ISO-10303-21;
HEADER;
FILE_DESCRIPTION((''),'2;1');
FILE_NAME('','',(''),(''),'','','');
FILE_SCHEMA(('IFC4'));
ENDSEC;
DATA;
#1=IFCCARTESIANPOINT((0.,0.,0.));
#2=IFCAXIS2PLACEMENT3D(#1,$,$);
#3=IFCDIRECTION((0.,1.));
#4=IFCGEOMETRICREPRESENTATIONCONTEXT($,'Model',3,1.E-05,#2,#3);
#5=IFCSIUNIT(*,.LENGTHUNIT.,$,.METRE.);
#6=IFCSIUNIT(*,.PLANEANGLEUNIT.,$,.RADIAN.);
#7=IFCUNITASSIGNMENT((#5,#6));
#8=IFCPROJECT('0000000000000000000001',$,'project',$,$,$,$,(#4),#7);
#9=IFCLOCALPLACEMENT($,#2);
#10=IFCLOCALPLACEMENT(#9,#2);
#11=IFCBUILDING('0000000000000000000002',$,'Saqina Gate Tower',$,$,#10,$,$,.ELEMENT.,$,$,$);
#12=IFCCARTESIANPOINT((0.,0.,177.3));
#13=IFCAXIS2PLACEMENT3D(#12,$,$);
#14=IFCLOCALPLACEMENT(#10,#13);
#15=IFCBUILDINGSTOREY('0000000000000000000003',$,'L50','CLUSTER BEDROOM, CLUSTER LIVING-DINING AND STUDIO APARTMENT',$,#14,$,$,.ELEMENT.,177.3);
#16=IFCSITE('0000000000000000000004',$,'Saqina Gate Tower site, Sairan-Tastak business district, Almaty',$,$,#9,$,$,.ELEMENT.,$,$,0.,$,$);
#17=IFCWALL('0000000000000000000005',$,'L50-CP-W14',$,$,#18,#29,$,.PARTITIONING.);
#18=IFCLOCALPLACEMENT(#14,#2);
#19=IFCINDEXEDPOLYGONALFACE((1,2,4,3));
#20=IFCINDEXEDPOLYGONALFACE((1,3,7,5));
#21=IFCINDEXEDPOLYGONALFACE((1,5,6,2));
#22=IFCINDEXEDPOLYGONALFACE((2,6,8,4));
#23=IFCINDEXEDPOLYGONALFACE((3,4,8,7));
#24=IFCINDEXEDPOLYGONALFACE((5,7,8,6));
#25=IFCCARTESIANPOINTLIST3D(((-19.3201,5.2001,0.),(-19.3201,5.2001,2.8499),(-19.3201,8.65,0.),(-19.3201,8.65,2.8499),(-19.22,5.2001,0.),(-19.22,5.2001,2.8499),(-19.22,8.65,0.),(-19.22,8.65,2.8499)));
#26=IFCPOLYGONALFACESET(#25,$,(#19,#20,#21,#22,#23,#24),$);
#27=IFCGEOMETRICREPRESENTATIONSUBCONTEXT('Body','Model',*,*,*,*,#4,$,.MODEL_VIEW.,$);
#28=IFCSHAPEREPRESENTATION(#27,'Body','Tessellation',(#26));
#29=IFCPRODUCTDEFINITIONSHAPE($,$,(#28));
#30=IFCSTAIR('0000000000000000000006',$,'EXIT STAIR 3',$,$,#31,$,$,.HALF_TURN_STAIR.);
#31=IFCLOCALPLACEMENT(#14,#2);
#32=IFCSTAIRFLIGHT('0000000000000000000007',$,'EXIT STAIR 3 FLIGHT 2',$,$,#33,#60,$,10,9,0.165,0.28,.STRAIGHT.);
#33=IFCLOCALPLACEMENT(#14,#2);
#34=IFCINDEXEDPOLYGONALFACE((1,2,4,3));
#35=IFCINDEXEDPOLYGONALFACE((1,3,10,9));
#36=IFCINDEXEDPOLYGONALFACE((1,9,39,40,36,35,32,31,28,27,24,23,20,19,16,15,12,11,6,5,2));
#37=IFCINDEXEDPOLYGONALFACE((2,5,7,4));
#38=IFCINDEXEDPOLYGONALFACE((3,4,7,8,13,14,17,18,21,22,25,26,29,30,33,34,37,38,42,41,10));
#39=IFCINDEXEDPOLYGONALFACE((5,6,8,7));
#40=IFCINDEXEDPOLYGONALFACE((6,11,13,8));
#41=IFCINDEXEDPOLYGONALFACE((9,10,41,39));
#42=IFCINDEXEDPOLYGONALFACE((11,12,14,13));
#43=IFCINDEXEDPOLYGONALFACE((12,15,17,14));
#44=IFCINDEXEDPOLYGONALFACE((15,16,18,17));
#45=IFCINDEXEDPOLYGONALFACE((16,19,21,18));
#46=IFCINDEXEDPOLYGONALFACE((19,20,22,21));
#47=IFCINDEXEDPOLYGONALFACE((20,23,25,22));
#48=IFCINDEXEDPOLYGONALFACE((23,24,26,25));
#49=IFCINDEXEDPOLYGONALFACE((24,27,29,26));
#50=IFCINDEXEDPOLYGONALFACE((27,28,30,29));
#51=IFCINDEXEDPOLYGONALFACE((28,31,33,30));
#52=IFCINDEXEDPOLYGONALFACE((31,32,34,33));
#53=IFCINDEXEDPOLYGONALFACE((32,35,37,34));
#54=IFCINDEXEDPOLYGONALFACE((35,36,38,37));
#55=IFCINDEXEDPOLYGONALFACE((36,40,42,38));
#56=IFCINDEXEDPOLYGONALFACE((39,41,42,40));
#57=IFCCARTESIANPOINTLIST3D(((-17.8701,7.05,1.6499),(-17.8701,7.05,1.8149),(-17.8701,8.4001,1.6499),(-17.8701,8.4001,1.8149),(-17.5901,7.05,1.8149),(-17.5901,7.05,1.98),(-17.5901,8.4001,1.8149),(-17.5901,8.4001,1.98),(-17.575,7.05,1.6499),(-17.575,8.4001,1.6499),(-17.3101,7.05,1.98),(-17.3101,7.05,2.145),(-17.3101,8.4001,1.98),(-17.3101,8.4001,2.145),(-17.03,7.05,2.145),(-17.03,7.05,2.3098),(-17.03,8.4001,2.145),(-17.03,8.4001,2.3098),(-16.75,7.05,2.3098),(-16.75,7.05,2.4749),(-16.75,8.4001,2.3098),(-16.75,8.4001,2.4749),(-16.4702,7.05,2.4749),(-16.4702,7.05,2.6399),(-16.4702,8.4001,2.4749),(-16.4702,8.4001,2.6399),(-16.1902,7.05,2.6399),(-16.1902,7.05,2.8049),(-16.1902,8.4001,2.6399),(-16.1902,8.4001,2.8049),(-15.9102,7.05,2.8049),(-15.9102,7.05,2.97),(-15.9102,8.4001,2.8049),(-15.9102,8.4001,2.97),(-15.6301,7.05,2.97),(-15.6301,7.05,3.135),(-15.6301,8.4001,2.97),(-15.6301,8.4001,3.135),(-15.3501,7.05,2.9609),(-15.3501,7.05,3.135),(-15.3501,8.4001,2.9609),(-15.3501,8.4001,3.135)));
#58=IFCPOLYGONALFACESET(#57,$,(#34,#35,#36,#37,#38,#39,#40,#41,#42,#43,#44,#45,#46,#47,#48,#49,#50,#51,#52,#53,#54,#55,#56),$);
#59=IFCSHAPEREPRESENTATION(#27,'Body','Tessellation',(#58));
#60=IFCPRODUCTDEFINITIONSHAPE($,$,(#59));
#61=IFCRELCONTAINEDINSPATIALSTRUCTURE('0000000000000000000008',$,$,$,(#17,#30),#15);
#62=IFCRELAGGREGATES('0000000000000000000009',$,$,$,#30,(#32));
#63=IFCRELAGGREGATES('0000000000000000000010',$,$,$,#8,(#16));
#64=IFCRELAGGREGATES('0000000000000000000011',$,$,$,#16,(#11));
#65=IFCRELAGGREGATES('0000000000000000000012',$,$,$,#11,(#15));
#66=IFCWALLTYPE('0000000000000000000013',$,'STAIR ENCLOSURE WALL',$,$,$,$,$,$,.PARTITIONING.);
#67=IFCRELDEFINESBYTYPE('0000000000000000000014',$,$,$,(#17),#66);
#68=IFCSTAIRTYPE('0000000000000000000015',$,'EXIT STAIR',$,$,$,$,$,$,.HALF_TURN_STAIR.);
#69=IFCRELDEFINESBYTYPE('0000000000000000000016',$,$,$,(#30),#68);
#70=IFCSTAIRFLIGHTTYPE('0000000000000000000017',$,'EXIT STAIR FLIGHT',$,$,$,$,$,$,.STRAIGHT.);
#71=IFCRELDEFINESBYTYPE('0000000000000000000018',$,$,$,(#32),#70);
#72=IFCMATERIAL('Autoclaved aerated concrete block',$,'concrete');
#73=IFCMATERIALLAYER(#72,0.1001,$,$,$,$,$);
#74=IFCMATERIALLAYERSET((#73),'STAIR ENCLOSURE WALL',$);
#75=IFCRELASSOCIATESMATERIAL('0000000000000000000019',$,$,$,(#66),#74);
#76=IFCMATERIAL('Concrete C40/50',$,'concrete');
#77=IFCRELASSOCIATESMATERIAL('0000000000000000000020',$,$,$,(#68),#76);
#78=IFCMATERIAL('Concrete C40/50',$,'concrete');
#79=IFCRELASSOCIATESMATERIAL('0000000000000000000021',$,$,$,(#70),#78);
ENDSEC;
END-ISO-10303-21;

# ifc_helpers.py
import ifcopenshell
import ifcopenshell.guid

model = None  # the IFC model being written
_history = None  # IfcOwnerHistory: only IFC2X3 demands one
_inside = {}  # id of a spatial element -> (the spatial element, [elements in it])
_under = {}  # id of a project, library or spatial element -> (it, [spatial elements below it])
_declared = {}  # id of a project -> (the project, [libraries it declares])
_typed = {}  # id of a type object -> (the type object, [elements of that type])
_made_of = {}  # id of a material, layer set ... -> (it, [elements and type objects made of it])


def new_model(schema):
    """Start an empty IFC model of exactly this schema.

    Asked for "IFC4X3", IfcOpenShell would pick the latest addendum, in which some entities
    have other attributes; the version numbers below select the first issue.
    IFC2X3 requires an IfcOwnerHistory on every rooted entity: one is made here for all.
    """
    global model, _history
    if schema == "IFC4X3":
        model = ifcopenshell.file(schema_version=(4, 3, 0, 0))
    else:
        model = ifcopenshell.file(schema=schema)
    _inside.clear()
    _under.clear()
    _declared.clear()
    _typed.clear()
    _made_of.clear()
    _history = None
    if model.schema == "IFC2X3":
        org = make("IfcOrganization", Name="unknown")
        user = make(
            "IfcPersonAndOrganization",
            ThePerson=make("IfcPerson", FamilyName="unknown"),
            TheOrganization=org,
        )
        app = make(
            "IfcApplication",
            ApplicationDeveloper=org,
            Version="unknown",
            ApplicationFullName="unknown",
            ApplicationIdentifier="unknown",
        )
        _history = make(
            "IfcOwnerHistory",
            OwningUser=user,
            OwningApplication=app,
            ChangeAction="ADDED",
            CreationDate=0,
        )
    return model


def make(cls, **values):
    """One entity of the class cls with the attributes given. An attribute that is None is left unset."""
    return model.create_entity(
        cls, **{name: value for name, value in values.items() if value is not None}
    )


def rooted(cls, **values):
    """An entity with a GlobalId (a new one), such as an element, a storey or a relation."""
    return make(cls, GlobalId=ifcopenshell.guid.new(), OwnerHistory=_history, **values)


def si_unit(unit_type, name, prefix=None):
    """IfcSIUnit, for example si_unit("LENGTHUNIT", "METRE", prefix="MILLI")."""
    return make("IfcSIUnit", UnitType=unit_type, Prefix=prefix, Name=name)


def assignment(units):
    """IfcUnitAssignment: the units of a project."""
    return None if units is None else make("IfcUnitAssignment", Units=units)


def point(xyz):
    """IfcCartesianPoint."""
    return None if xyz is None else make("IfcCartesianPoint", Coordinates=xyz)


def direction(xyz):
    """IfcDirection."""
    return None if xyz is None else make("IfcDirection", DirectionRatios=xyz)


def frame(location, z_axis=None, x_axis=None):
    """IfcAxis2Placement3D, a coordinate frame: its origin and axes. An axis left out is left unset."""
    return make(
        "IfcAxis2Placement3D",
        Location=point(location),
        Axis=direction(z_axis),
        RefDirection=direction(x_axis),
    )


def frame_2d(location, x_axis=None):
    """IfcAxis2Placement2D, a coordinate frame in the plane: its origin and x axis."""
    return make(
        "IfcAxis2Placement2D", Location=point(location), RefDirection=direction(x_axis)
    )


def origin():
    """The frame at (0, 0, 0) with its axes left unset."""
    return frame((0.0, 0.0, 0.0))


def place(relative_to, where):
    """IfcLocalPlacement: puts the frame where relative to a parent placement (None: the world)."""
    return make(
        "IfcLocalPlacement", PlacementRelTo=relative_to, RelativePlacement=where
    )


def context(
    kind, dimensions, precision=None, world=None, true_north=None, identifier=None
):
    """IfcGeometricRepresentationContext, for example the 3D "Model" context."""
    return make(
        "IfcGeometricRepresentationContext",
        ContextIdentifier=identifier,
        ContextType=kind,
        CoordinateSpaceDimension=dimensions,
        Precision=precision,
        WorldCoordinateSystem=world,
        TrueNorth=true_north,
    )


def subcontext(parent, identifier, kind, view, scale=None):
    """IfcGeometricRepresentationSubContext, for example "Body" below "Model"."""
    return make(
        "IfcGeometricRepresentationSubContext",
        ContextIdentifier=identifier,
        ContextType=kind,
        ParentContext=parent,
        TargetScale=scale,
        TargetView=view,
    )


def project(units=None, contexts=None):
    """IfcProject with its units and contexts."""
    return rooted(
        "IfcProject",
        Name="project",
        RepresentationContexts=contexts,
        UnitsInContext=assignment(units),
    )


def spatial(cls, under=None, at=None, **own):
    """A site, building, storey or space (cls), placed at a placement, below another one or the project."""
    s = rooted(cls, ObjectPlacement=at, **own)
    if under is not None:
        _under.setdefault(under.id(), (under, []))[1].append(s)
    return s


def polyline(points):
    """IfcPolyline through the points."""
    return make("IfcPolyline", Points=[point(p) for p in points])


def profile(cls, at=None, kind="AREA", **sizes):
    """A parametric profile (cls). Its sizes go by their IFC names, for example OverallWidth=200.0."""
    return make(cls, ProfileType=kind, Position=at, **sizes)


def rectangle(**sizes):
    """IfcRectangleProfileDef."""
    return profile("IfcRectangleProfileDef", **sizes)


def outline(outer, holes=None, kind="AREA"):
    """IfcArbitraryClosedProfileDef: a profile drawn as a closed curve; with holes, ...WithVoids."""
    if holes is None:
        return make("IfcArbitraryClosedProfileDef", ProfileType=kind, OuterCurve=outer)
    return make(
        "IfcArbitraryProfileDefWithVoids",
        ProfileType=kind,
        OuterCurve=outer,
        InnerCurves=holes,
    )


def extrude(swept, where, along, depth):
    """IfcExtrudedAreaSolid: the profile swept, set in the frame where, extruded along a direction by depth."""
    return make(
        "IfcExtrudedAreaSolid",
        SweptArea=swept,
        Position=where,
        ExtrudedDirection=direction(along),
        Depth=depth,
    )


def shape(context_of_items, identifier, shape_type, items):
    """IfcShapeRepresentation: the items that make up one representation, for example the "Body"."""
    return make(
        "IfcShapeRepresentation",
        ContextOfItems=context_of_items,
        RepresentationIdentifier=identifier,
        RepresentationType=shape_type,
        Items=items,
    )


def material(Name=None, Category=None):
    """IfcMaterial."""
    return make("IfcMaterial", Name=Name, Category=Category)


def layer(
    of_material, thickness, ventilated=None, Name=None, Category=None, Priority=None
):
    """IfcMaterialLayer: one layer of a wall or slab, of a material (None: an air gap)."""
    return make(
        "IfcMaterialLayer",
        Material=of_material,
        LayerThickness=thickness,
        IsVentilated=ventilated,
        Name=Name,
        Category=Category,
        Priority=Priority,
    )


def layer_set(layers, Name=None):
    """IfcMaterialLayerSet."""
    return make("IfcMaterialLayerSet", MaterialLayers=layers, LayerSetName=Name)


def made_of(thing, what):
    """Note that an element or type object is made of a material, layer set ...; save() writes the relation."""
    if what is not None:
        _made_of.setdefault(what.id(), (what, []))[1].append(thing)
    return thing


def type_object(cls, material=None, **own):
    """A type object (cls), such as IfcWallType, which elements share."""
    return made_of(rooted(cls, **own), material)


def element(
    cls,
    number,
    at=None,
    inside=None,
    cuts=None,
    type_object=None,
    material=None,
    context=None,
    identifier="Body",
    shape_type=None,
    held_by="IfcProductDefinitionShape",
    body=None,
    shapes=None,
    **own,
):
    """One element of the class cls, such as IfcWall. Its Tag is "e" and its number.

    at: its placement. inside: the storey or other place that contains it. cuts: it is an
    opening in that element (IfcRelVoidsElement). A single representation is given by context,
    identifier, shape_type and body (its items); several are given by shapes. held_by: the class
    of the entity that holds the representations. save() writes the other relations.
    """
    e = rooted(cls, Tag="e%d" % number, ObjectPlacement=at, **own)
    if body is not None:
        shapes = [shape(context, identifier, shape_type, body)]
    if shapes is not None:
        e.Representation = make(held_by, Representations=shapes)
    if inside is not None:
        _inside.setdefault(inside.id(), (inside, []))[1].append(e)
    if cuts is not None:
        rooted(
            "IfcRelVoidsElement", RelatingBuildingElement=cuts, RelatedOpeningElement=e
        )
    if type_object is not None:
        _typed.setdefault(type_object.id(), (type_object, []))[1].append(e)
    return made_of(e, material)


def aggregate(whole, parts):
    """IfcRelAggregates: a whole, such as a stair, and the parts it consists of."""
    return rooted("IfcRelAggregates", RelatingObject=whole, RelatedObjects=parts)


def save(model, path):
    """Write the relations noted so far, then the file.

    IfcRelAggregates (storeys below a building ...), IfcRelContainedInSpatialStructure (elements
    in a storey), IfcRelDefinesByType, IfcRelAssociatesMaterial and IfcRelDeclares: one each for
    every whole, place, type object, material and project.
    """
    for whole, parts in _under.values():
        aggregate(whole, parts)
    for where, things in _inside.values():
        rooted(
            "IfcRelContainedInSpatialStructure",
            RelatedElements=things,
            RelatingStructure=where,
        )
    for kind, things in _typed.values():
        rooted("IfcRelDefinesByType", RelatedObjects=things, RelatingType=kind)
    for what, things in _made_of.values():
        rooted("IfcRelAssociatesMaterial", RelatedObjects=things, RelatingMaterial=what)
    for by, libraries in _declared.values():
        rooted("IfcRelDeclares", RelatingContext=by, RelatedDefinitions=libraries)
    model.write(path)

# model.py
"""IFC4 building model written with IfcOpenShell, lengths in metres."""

from ifc_helpers import new_model, si_unit, direction, frame, frame_2d, origin, place, context, subcontext, project, spatial, polyline, rectangle, outline, extrude, material, layer, layer_set, type_object, element, aggregate, save


model = new_model("IFC4")

# Units and contexts
model_context = context("Model", 3, precision=1e-05, world=origin(), true_north=direction((0.0, 1.0)))
body_context = subcontext(model_context, "Body", "Model", "MODEL_VIEW")
ifc_project = project(units=[si_unit("LENGTHUNIT", "METRE"), si_unit("PLANEANGLEUNIT", "RADIAN")], contexts=[model_context])

# Site, building, storey
site_placement = place(None, origin())
site = spatial("IfcSite", under=ifc_project, at=site_placement, Name="Saqina Gate Tower site, Sairan-Tastak business district, Almaty", CompositionType="ELEMENT", RefElevation=0.0)
building_placement = place(site_placement, origin())
building = spatial("IfcBuilding", under=site, at=building_placement, Name="Saqina Gate Tower", CompositionType="ELEMENT")
storey_placement = place(building_placement, frame((0.0, 0.0, 177.3)))
storey = spatial("IfcBuildingStorey", under=building, at=storey_placement, Name="L50", Description="CLUSTER BEDROOM, CLUSTER LIVING-DINING AND STUDIO APARTMENT", CompositionType="ELEMENT", Elevation=177.3)

# Wall
ifc_material_1 = material(Name="Autoclaved aerated concrete block", Category="concrete")
ifc_layer_1 = layer(ifc_material_1, 0.1001)
ifc_layer_set_1 = layer_set([ifc_layer_1], Name="STAIR ENCLOSURE WALL")
wall_type_1 = type_object("IfcWallType", Name="STAIR ENCLOSURE WALL", PredefinedType="PARTITIONING", material=ifc_layer_set_1)
wall_1_placement = place(storey_placement, frame((-19.27, 5.2, 0.0), z_axis=(0.0, 0.0, 1.0), x_axis=(0.0, 1.0, 0.0)))
element("IfcWall", 1, at=wall_1_placement, inside=storey, type_object=wall_type_1, Name="L50-CP-W14", PredefinedType="PARTITIONING", context=body_context, shape_type="SweptSolid", body=[
    extrude(rectangle(XDim=3.45, YDim=0.1001, at=frame_2d((1.7251, 0.0))), origin(), (0.0, 0.0, 1.0), 2.8499),
])

# Stair, stair flight
ifc_material_2 = material(Name="Concrete C40/50", Category="concrete")
stair_type = type_object("IfcStairType", Name="EXIT STAIR", PredefinedType="HALF_TURN_STAIR", material=ifc_material_2)
stair_placement = place(storey_placement, origin())
stair = element("IfcStair", 2, at=stair_placement, inside=storey, type_object=stair_type, Name="EXIT STAIR 3", PredefinedType="HALF_TURN_STAIR")
ifc_material_3 = material(Name="Concrete C40/50", Category="concrete")
stair_flight_type = type_object("IfcStairFlightType", Name="EXIT STAIR FLIGHT", PredefinedType="STRAIGHT", material=ifc_material_3)
stair_flight_placement = place(storey_placement, frame((-17.8701, 7.7251, 1.6499), z_axis=(0.0, 0.0, 1.0), x_axis=(1.0, 0.0, 0.0)))
stair_flight = element("IfcStairFlight", 3, at=stair_flight_placement, type_object=stair_flight_type, Name="EXIT STAIR 3 FLIGHT 2", NumberOfRisers=10, NumberOfTreads=9, PredefinedType="STRAIGHT", RiserHeight=0.165, TreadLength=0.28, context=body_context, shape_type="SweptSolid", body=[
    extrude(outline(polyline([(0.0, 0.0), (0.0, 0.165), (0.28, 0.165), (0.28, 0.3301), (0.5601, 0.3301), (0.5601, 0.4951), (0.8401, 0.4951), (0.8401, 0.6599), (1.1201, 0.6599), (1.1201, 0.825), (1.3999, 0.825), (1.3999, 0.99), (1.6799, 0.99), (1.6799, 1.155), (1.96, 1.155), (1.96, 1.3201), (2.24, 1.3201), (2.24, 1.4851), (2.52, 1.4851), (2.52, 1.6499), (2.52, 1.311), (0.2952, 0.0), (0.0, 0.0)])), frame((0.0, 0.675, 0.0), z_axis=(0.0, -1.0, 0.0), x_axis=(1.0, 0.0, 0.0)), (0.0, 0.0, 1.0), 1.3501),
])
aggregate(stair, [stair_flight])

save(model, "model.ifc")
